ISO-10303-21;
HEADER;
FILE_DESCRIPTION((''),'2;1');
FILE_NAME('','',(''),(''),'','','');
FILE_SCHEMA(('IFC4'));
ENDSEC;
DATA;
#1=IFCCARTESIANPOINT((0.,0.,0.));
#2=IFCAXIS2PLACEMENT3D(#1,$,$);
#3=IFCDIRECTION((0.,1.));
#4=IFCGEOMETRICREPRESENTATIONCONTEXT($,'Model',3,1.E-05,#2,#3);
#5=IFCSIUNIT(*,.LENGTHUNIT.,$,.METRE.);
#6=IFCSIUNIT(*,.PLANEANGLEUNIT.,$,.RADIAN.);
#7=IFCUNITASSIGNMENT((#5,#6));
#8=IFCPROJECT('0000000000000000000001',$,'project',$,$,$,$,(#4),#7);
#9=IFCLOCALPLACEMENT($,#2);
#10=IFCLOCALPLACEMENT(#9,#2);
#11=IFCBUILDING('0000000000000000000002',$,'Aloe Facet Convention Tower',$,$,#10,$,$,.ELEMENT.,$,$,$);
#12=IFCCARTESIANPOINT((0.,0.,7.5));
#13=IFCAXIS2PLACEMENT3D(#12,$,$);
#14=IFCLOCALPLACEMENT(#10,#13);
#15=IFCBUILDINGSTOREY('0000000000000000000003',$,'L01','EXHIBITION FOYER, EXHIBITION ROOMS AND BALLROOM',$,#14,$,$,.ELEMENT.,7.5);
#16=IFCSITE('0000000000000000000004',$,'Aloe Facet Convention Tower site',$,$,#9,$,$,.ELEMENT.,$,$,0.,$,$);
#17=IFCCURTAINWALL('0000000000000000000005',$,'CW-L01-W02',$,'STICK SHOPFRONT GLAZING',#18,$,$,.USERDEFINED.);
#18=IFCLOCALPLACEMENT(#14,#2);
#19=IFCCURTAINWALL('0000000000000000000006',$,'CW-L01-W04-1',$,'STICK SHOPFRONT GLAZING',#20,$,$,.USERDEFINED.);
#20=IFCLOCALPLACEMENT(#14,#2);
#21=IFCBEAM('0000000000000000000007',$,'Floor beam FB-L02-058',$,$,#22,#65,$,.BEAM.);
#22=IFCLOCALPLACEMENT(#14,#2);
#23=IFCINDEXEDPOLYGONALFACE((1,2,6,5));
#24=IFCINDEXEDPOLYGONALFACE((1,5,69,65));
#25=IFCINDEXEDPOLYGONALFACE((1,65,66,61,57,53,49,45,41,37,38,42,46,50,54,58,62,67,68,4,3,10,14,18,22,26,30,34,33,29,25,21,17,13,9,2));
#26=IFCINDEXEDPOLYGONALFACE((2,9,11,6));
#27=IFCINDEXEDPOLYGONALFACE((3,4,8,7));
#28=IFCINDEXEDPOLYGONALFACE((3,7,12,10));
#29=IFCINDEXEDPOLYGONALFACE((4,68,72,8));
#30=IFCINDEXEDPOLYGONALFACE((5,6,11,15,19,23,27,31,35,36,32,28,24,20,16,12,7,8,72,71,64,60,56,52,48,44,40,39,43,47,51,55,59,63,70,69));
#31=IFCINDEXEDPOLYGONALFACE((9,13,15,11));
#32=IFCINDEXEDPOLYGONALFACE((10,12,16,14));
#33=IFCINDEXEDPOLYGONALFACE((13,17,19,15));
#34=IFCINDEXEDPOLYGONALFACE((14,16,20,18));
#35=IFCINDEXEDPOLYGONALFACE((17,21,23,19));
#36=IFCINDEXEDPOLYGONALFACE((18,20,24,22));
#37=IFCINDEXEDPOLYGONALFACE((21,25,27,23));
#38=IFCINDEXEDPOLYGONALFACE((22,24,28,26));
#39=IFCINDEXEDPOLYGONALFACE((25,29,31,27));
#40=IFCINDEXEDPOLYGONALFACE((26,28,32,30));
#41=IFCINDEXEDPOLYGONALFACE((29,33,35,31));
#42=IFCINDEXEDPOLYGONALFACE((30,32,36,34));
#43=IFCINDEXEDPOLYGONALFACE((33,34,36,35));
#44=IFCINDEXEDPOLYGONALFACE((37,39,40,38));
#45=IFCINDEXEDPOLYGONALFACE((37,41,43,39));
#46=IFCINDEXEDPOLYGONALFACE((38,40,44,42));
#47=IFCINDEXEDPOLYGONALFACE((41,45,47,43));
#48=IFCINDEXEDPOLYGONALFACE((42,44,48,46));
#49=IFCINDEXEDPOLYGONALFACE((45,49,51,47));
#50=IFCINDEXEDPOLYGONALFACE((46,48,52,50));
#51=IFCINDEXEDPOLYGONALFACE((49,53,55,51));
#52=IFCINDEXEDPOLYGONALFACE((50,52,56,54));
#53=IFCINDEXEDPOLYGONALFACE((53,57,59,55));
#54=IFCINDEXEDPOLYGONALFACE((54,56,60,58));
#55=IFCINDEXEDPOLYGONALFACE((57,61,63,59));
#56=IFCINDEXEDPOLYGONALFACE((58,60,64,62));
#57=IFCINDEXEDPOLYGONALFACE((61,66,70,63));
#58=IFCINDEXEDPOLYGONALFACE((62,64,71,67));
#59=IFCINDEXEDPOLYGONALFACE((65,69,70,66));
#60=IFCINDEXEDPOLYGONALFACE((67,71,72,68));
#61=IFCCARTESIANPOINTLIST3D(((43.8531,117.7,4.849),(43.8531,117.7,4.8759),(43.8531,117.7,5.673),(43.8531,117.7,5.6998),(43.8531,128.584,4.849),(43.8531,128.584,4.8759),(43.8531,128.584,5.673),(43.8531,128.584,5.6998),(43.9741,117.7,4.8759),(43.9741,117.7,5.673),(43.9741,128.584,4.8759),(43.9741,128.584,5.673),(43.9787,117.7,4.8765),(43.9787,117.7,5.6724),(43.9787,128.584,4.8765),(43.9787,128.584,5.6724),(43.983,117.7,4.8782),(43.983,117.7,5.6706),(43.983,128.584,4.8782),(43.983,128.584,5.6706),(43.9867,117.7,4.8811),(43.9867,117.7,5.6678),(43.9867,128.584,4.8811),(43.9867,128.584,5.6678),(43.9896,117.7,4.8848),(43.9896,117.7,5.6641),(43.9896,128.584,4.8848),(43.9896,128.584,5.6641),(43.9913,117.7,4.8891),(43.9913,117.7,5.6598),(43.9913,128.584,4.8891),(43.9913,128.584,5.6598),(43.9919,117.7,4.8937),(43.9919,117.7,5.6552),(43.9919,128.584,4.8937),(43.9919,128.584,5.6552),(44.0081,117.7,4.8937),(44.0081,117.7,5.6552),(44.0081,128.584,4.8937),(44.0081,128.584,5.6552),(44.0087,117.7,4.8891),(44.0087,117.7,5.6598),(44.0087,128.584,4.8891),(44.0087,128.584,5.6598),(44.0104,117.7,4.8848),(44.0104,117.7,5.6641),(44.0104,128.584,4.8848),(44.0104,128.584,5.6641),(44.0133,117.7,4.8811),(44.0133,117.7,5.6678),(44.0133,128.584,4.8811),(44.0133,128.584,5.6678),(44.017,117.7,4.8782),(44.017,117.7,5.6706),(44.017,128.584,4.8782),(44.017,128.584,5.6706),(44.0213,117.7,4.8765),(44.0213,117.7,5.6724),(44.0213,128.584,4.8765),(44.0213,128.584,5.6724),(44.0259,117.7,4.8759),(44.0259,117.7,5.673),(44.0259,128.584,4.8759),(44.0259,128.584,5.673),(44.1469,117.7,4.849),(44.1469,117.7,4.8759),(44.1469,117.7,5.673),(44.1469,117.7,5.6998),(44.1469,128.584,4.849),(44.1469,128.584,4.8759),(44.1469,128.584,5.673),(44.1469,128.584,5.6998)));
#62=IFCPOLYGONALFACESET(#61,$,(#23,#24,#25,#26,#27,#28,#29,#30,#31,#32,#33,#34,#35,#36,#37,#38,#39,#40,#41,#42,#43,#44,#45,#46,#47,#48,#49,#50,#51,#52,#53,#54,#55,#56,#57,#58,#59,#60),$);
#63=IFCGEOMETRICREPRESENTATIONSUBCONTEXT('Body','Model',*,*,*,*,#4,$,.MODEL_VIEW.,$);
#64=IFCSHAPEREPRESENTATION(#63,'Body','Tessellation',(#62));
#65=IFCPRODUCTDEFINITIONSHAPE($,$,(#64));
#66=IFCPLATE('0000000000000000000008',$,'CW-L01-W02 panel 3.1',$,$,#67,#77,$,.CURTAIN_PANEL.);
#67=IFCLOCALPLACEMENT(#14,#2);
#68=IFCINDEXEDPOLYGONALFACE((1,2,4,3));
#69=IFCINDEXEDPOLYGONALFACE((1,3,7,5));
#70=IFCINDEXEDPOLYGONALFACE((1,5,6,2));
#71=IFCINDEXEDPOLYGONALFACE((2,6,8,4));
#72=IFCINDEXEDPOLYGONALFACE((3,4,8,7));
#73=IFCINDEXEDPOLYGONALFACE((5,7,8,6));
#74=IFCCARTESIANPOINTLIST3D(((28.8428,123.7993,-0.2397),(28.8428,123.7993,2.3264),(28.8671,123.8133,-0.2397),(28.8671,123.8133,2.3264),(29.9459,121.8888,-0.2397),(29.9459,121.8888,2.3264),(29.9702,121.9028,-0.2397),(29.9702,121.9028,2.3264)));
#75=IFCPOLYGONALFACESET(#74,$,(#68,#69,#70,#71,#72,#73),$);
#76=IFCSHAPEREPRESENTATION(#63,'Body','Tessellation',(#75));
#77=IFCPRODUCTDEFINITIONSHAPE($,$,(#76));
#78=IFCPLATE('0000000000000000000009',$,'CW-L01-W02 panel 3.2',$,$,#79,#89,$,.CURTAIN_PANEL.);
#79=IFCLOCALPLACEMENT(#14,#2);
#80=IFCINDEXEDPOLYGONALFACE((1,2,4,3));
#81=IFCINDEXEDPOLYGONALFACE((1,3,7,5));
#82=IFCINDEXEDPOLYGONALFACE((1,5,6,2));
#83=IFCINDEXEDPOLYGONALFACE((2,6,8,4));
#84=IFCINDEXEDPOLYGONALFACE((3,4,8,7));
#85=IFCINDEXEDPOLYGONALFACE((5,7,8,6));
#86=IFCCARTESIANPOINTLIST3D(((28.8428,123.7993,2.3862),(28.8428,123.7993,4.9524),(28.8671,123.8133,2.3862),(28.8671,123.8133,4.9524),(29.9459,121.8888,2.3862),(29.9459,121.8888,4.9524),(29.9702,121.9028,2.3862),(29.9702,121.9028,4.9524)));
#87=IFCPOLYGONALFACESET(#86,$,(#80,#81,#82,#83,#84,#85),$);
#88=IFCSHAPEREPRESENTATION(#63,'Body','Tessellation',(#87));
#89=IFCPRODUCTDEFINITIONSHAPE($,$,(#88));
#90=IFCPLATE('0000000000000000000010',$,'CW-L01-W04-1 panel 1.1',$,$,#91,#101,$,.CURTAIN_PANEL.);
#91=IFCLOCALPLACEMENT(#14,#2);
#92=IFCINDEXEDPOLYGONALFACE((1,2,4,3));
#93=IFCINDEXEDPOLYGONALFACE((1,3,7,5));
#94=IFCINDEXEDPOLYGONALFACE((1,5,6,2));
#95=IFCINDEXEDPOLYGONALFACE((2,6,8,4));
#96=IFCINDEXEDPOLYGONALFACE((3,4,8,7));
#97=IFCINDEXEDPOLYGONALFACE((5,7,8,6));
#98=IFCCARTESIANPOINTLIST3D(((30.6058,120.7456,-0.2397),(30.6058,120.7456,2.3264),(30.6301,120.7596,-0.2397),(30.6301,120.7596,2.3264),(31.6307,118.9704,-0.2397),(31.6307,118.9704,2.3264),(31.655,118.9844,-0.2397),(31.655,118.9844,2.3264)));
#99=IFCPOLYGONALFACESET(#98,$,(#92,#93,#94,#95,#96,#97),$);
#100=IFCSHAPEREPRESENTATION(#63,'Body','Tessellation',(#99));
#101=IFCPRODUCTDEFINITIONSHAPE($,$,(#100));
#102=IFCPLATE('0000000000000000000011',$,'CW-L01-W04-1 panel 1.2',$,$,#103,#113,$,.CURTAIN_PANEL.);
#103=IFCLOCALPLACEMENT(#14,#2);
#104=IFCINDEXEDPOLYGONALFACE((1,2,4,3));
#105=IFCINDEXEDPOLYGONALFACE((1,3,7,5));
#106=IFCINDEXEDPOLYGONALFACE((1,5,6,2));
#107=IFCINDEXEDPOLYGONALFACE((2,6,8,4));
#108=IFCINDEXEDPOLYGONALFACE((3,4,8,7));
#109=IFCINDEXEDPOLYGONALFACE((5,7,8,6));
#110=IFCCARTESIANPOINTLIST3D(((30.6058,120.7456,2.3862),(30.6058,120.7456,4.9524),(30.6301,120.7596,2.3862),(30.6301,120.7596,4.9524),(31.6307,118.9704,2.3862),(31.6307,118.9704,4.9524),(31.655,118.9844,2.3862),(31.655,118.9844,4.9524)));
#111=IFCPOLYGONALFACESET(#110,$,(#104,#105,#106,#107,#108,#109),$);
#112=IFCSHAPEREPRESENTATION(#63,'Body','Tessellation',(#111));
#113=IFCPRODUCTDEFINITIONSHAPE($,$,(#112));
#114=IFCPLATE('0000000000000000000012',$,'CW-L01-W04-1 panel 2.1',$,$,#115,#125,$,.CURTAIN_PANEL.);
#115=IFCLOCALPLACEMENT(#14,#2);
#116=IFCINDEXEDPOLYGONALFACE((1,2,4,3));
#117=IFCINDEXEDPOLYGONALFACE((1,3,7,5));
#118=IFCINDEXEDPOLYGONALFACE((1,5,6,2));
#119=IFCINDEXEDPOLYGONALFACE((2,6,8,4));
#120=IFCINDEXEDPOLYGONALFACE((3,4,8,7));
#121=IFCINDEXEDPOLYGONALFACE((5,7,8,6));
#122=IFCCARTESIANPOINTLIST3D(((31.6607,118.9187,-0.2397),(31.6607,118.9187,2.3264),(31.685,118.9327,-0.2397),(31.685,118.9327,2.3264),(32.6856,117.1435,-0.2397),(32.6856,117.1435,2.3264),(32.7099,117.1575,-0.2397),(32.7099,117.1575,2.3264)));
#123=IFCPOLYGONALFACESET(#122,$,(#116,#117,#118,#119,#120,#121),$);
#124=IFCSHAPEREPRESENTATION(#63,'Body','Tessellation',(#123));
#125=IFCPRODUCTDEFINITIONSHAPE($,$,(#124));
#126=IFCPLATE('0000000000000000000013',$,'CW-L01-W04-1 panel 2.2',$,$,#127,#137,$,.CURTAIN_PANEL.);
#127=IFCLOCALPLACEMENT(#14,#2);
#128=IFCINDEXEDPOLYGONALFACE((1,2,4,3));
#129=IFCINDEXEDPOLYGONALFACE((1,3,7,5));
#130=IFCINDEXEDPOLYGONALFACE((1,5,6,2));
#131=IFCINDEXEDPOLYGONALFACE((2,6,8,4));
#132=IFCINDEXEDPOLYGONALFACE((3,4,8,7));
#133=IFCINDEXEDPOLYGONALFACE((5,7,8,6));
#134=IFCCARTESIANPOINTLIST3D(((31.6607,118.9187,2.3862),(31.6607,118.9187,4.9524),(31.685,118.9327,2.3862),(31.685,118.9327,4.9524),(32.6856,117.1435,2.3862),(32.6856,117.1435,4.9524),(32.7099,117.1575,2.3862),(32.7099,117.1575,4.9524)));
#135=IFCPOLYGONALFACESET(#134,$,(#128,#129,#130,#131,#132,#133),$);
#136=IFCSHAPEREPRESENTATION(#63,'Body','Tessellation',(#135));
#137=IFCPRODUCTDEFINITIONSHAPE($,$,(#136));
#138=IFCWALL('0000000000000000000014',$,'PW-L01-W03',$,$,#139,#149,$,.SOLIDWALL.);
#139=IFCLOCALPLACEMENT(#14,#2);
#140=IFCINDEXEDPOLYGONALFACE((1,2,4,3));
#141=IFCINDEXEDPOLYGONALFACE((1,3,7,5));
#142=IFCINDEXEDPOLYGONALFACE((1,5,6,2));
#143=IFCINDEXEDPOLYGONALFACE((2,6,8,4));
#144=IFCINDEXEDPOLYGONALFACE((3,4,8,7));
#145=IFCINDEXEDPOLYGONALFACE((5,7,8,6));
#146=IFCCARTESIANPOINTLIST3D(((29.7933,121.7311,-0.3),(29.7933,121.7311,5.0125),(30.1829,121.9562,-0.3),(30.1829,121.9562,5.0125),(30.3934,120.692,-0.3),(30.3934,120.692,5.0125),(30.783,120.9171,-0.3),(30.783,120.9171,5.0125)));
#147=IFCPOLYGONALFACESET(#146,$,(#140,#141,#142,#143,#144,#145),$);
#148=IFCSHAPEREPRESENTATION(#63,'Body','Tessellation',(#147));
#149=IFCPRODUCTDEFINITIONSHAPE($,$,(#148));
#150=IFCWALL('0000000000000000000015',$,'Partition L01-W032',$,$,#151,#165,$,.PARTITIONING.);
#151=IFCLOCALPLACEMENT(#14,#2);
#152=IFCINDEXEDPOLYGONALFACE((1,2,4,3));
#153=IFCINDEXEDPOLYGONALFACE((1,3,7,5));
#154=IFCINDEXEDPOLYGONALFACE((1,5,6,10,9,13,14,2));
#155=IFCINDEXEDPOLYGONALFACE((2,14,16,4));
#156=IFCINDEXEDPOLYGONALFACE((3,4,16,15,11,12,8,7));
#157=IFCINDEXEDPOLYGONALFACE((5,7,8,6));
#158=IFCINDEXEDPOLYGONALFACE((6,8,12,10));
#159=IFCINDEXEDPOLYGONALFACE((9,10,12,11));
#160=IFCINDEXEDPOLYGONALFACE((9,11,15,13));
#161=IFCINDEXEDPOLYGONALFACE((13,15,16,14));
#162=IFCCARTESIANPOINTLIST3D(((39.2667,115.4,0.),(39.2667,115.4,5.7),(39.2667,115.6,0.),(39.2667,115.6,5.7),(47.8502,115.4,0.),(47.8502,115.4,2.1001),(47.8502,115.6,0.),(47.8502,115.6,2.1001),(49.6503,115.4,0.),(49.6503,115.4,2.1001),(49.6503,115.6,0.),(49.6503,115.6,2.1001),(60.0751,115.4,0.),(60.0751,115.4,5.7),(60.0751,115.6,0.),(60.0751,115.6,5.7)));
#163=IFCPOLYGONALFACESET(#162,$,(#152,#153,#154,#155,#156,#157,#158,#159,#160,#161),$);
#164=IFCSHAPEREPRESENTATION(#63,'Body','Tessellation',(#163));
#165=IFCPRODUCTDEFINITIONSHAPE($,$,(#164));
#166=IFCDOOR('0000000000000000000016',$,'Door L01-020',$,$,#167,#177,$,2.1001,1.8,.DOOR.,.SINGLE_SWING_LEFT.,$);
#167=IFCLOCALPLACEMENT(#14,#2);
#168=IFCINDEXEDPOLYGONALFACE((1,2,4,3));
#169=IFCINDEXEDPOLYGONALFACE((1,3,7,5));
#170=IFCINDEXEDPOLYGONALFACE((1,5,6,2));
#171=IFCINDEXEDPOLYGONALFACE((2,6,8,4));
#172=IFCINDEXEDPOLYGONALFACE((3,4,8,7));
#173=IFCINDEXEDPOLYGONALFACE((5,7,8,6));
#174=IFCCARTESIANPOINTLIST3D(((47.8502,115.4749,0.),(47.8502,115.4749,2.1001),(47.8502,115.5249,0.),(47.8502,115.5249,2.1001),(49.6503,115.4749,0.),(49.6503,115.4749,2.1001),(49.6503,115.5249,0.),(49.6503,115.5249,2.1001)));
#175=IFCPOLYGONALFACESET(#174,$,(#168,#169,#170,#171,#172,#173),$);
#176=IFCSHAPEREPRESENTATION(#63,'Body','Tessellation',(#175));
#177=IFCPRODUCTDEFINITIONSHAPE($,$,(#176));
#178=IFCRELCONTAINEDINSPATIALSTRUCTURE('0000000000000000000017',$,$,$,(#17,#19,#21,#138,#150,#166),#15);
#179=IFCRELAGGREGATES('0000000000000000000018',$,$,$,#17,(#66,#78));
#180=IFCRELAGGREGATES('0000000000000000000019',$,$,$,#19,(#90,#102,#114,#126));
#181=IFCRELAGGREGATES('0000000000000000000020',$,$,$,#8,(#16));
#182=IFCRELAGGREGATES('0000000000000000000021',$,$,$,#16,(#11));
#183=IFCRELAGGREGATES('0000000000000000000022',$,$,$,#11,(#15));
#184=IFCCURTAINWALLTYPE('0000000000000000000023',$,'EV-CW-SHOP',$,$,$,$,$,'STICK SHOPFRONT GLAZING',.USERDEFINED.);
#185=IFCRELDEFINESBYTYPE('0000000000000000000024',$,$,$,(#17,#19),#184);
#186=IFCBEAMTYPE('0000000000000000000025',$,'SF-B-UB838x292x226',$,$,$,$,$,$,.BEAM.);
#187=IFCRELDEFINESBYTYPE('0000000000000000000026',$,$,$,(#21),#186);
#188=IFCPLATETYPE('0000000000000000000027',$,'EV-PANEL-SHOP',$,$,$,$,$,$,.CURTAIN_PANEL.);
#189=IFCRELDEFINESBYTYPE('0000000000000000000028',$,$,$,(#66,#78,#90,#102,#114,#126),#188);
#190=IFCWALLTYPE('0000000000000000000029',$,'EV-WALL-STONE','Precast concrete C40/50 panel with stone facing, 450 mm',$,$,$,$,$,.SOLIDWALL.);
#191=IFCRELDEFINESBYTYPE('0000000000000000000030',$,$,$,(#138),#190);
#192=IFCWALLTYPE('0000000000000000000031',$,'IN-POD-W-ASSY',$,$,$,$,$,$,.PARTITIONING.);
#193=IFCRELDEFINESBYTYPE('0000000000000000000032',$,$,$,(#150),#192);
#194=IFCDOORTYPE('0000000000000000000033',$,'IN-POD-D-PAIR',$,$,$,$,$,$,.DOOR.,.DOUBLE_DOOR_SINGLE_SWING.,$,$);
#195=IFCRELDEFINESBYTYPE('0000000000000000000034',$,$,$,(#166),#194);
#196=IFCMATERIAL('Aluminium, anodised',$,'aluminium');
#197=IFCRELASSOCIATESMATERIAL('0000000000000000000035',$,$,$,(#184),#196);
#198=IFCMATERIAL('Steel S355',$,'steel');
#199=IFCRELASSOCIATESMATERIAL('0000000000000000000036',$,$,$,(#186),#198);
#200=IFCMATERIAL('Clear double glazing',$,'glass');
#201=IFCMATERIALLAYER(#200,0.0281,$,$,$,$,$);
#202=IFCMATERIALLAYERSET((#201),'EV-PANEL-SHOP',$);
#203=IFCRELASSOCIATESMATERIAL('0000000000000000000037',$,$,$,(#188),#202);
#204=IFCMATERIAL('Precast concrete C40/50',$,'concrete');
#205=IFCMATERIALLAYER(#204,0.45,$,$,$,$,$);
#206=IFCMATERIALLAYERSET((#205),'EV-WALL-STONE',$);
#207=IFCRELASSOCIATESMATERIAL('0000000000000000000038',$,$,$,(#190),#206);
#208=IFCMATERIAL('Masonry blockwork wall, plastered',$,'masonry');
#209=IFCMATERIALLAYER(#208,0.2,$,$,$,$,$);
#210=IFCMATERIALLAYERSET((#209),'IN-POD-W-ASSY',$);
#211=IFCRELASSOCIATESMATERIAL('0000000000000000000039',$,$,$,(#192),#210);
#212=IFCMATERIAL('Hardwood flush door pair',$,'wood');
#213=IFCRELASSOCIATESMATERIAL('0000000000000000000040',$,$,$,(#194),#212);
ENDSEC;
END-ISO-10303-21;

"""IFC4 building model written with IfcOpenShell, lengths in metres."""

from ifc_helpers import new_model, si_unit, direction, frame, frame_2d, origin, origin_2d, place, context, subcontext, project, spatial, rectangle, i_section, extrude, material, layer, layer_set, material_profile, profile_set, type_object, element, fill, aggregate, save


model = new_model("IFC4")

# Units and contexts
model_context = context("Model", 3, precision=1e-05, world=origin(), true_north=direction((0.0, 1.0)))
body_context = subcontext(model_context, "Body", "Model", "MODEL_VIEW")
ifc_project = project(units=[si_unit("LENGTHUNIT", "METRE"), si_unit("PLANEANGLEUNIT", "RADIAN")], contexts=[model_context])

# Site, building, storey
site_placement = place(None, origin())
site = spatial("IfcSite", under=ifc_project, at=site_placement, Name="Aloe Facet Convention Tower site", CompositionType="ELEMENT", RefElevation=0.0)
building_placement = place(site_placement, origin())
building = spatial("IfcBuilding", under=site, at=building_placement, Name="Aloe Facet Convention Tower", CompositionType="ELEMENT")
storey_placement = place(building_placement, frame((0.0, 0.0, 7.5)))
storey = spatial("IfcBuildingStorey", under=building, at=storey_placement, Name="L01", Description="EXHIBITION FOYER, EXHIBITION ROOMS AND BALLROOM", CompositionType="ELEMENT", Elevation=7.5)

# Curtain wall
ifc_material_1 = material(Name="Aluminium, anodised", Category="aluminium")
curtain_wall_type = type_object("IfcCurtainWallType", Name="EV-CW-SHOP", ElementType="STICK SHOPFRONT GLAZING", PredefinedType="USERDEFINED", material=ifc_material_1)
curtain_wall_1_placement = place(storey_placement, origin())
curtain_wall_1 = element("IfcCurtainWall", 1, at=curtain_wall_1_placement, inside=storey, type_object=curtain_wall_type, Name="CW-L01-W02", ObjectType="STICK SHOPFRONT GLAZING", PredefinedType="USERDEFINED")

# Curtain wall
curtain_wall_2_placement = place(storey_placement, origin())
curtain_wall_2 = element("IfcCurtainWall", 2, at=curtain_wall_2_placement, inside=storey, type_object=curtain_wall_type, Name="CW-L01-W04-1", ObjectType="STICK SHOPFRONT GLAZING", PredefinedType="USERDEFINED")

# Beam
ifc_material_2 = material(Name="Steel S355", Category="steel")
ifc_material_profile_1 = material_profile(ifc_material_2, i_section(OverallWidth=0.2937, OverallDepth=0.8508, WebThickness=0.0161, FlangeThickness=0.0269, FilletRadius=0.0178, at=origin_2d()), Name="UB 838x292x226")
ifc_profile_set_1 = profile_set([ifc_material_profile_1], Name="Steel S355")
beam_type_1 = type_object("IfcBeamType", Name="SF-B-UB838x292x226", PredefinedType="BEAM", material=ifc_profile_set_1)
beam_1_placement = place(storey_placement, frame((44.0, 117.7, 5.2744), z_axis=(0.0, 1.0, 0.0), x_axis=(-1.0, 0.0, 0.0)))
element("IfcBeam", 3, at=beam_1_placement, inside=storey, type_object=beam_type_1, Name="Floor beam FB-L02-058", PredefinedType="BEAM", context=body_context, shape_type="SweptSolid", body=[
    extrude(i_section(OverallWidth=0.2937, OverallDepth=0.8508, WebThickness=0.0161, FlangeThickness=0.0269, FilletRadius=0.0178, at=origin_2d()), origin(), (0.0, 0.0, 1.0), 10.884),
])

# Plates
ifc_material_3 = material(Name="Clear double glazing", Category="glass")
ifc_layer_1 = layer(ifc_material_3, 0.0281)
ifc_layer_set_1 = layer_set([ifc_layer_1], Name="EV-PANEL-SHOP")
plate_type = type_object("IfcPlateType", Name="EV-PANEL-SHOP", PredefinedType="CURTAIN_PANEL", material=ifc_layer_set_1)
plate_1_placement = place(storey_placement, frame((29.4065, 122.8511, -0.2397), z_axis=(0.0, 0.0, 1.0), x_axis=(0.5, -0.866025, 0.0)))
plate_1 = element("IfcPlate", 4, at=plate_1_placement, type_object=plate_type, Name="CW-L01-W02 panel 3.1", PredefinedType="CURTAIN_PANEL", context=body_context, shape_type="SweptSolid", body=[
    extrude(rectangle(XDim=2.2061, YDim=0.0281, at=origin_2d()), origin(), (0.0, 0.0, 1.0), 2.5662),
])
plate_2_placement = place(storey_placement, frame((29.4065, 122.8511, 2.3862), z_axis=(0.0, 0.0, 1.0), x_axis=(0.5, -0.866025, 0.0)))
plate_2 = element("IfcPlate", 5, at=plate_2_placement, type_object=plate_type, Name="CW-L01-W02 panel 3.2", PredefinedType="CURTAIN_PANEL", context=body_context, shape_type="SweptSolid", body=[
    extrude(rectangle(XDim=2.2061, YDim=0.0281, at=origin_2d()), origin(), (0.0, 0.0, 1.0), 2.5662),
])
aggregate(curtain_wall_1, [plate_1, plate_2])
plate_3_placement = place(storey_placement, frame((31.1304, 119.865, -0.2397), z_axis=(0.0, 0.0, 1.0), x_axis=(0.5, -0.866025, 0.0)))
plate_3 = element("IfcPlate", 6, at=plate_3_placement, type_object=plate_type, Name="CW-L01-W04-1 panel 1.1", PredefinedType="CURTAIN_PANEL", context=body_context, shape_type="SweptSolid", body=[
    extrude(rectangle(XDim=2.0498, YDim=0.0281, at=origin_2d()), origin(), (0.0, 0.0, 1.0), 2.5662),
])
plate_4_placement = place(storey_placement, frame((31.1304, 119.865, 2.3862), z_axis=(0.0, 0.0, 1.0), x_axis=(0.5, -0.866025, 0.0)))
plate_4 = element("IfcPlate", 7, at=plate_4_placement, type_object=plate_type, Name="CW-L01-W04-1 panel 1.2", PredefinedType="CURTAIN_PANEL", context=body_context, shape_type="SweptSolid", body=[
    extrude(rectangle(XDim=2.0498, YDim=0.0281, at=origin_2d()), origin(), (0.0, 0.0, 1.0), 2.5662),
])
plate_5_placement = place(storey_placement, frame((32.1853, 118.0381, -0.2397), z_axis=(0.0, 0.0, 1.0), x_axis=(0.5, -0.866025, 0.0)))
plate_5 = element("IfcPlate", 8, at=plate_5_placement, type_object=plate_type, Name="CW-L01-W04-1 panel 2.1", PredefinedType="CURTAIN_PANEL", context=body_context, shape_type="SweptSolid", body=[
    extrude(rectangle(XDim=2.0498, YDim=0.0281, at=origin_2d()), origin(), (0.0, 0.0, 1.0), 2.5662),
])
plate_6_placement = place(storey_placement, frame((32.1853, 118.0381, 2.3862), z_axis=(0.0, 0.0, 1.0), x_axis=(0.5, -0.866025, 0.0)))
plate_6 = element("IfcPlate", 9, at=plate_6_placement, type_object=plate_type, Name="CW-L01-W04-1 panel 2.2", PredefinedType="CURTAIN_PANEL", context=body_context, shape_type="SweptSolid", body=[
    extrude(rectangle(XDim=2.0498, YDim=0.0281, at=origin_2d()), origin(), (0.0, 0.0, 1.0), 2.5662),
])
aggregate(curtain_wall_2, [plate_3, plate_4, plate_5, plate_6])

# Wall
ifc_material_4 = material(Name="Precast concrete C40/50", Category="concrete")
ifc_layer_2 = layer(ifc_material_4, 0.45)
ifc_layer_set_2 = layer_set([ifc_layer_2], Name="EV-WALL-STONE")
wall_type_1 = type_object("IfcWallType", Name="EV-WALL-STONE", Description="Precast concrete C40/50 panel with stone facing, 450 mm", PredefinedType="SOLIDWALL", material=ifc_layer_set_2)
wall_1_placement = place(storey_placement, frame((29.988, 121.8438, -0.3), z_axis=(0.0, 0.0, 1.0), x_axis=(0.500122, -0.865955, 0.0)))
element("IfcWall", 10, at=wall_1_placement, inside=storey, type_object=wall_type_1, Name="PW-L01-W03", PredefinedType="SOLIDWALL", context=body_context, shape_type="SweptSolid", body=[
    extrude(rectangle(XDim=1.2, YDim=0.45, at=frame_2d((0.6001, 0.0))), origin(), (0.0, 0.0, 1.0), 5.3125),
])

# Wall, opening, door
ifc_material_5 = material(Name="Masonry blockwork wall, plastered", Category="masonry")
ifc_layer_3 = layer(ifc_material_5, 0.2)
ifc_layer_set_3 = layer_set([ifc_layer_3], Name="IN-POD-W-ASSY")
wall_type_2 = type_object("IfcWallType", Name="IN-POD-W-ASSY", PredefinedType="PARTITIONING", material=ifc_layer_set_3)
wall_2_placement = place(storey_placement, frame((39.2666, 115.5, 0.0), z_axis=(0.0, 0.0, 1.0), x_axis=(1.0, 0.0, 0.0)))
wall_2 = element("IfcWall", 11, at=wall_2_placement, inside=storey, type_object=wall_type_2, Name="Partition L01-W032", PredefinedType="PARTITIONING", context=body_context, shape_type="SweptSolid", body=[
    extrude(rectangle(XDim=20.8083, YDim=0.2, at=frame_2d((10.4043, 0.0))), origin(), (0.0, 0.0, 1.0), 5.7),
])
opening_1_placement = place(wall_2_placement, frame((8.5837, 0.0, 0.0)))
opening_1 = element("IfcOpeningElement", 12, at=opening_1_placement, cuts=wall_2, PredefinedType="OPENING", context=body_context, shape_type="SweptSolid", body=[
    extrude(rectangle(XDim=1.8, YDim=2.1001, at=frame_2d((0.8999, 1.05))), frame((0.0, 0.1099, 0.0), z_axis=(0.0, -1.0, 0.0), x_axis=(1.0, 0.0, 0.0)), (0.0, 0.0, 1.0), 0.22),
])
ifc_material_6 = material(Name="Hardwood flush door pair", Category="wood")
door_type_1 = type_object("IfcDoorType", Name="IN-POD-D-PAIR", OperationType="DOUBLE_DOOR_SINGLE_SWING", PredefinedType="DOOR", material=ifc_material_6)
door_1_placement = place(opening_1_placement, origin())
door_1 = element("IfcDoor", 13, at=door_1_placement, inside=storey, type_object=door_type_1, Name="Door L01-020", OperationType="SINGLE_SWING_LEFT", OverallHeight=2.1001, OverallWidth=1.8, PredefinedType="DOOR", context=body_context, shape_type="SweptSolid", body=[
    extrude(rectangle(XDim=1.8, YDim=2.1001, at=frame_2d((0.8999, 1.05))), frame((0.0, 0.0249, 0.0), z_axis=(0.0, -1.0, 0.0), x_axis=(1.0, 0.0, 0.0)), (0.0, 0.0, 1.0), 0.05),
])
fill(opening_1, door_1)

save(model, "model.ifc")
